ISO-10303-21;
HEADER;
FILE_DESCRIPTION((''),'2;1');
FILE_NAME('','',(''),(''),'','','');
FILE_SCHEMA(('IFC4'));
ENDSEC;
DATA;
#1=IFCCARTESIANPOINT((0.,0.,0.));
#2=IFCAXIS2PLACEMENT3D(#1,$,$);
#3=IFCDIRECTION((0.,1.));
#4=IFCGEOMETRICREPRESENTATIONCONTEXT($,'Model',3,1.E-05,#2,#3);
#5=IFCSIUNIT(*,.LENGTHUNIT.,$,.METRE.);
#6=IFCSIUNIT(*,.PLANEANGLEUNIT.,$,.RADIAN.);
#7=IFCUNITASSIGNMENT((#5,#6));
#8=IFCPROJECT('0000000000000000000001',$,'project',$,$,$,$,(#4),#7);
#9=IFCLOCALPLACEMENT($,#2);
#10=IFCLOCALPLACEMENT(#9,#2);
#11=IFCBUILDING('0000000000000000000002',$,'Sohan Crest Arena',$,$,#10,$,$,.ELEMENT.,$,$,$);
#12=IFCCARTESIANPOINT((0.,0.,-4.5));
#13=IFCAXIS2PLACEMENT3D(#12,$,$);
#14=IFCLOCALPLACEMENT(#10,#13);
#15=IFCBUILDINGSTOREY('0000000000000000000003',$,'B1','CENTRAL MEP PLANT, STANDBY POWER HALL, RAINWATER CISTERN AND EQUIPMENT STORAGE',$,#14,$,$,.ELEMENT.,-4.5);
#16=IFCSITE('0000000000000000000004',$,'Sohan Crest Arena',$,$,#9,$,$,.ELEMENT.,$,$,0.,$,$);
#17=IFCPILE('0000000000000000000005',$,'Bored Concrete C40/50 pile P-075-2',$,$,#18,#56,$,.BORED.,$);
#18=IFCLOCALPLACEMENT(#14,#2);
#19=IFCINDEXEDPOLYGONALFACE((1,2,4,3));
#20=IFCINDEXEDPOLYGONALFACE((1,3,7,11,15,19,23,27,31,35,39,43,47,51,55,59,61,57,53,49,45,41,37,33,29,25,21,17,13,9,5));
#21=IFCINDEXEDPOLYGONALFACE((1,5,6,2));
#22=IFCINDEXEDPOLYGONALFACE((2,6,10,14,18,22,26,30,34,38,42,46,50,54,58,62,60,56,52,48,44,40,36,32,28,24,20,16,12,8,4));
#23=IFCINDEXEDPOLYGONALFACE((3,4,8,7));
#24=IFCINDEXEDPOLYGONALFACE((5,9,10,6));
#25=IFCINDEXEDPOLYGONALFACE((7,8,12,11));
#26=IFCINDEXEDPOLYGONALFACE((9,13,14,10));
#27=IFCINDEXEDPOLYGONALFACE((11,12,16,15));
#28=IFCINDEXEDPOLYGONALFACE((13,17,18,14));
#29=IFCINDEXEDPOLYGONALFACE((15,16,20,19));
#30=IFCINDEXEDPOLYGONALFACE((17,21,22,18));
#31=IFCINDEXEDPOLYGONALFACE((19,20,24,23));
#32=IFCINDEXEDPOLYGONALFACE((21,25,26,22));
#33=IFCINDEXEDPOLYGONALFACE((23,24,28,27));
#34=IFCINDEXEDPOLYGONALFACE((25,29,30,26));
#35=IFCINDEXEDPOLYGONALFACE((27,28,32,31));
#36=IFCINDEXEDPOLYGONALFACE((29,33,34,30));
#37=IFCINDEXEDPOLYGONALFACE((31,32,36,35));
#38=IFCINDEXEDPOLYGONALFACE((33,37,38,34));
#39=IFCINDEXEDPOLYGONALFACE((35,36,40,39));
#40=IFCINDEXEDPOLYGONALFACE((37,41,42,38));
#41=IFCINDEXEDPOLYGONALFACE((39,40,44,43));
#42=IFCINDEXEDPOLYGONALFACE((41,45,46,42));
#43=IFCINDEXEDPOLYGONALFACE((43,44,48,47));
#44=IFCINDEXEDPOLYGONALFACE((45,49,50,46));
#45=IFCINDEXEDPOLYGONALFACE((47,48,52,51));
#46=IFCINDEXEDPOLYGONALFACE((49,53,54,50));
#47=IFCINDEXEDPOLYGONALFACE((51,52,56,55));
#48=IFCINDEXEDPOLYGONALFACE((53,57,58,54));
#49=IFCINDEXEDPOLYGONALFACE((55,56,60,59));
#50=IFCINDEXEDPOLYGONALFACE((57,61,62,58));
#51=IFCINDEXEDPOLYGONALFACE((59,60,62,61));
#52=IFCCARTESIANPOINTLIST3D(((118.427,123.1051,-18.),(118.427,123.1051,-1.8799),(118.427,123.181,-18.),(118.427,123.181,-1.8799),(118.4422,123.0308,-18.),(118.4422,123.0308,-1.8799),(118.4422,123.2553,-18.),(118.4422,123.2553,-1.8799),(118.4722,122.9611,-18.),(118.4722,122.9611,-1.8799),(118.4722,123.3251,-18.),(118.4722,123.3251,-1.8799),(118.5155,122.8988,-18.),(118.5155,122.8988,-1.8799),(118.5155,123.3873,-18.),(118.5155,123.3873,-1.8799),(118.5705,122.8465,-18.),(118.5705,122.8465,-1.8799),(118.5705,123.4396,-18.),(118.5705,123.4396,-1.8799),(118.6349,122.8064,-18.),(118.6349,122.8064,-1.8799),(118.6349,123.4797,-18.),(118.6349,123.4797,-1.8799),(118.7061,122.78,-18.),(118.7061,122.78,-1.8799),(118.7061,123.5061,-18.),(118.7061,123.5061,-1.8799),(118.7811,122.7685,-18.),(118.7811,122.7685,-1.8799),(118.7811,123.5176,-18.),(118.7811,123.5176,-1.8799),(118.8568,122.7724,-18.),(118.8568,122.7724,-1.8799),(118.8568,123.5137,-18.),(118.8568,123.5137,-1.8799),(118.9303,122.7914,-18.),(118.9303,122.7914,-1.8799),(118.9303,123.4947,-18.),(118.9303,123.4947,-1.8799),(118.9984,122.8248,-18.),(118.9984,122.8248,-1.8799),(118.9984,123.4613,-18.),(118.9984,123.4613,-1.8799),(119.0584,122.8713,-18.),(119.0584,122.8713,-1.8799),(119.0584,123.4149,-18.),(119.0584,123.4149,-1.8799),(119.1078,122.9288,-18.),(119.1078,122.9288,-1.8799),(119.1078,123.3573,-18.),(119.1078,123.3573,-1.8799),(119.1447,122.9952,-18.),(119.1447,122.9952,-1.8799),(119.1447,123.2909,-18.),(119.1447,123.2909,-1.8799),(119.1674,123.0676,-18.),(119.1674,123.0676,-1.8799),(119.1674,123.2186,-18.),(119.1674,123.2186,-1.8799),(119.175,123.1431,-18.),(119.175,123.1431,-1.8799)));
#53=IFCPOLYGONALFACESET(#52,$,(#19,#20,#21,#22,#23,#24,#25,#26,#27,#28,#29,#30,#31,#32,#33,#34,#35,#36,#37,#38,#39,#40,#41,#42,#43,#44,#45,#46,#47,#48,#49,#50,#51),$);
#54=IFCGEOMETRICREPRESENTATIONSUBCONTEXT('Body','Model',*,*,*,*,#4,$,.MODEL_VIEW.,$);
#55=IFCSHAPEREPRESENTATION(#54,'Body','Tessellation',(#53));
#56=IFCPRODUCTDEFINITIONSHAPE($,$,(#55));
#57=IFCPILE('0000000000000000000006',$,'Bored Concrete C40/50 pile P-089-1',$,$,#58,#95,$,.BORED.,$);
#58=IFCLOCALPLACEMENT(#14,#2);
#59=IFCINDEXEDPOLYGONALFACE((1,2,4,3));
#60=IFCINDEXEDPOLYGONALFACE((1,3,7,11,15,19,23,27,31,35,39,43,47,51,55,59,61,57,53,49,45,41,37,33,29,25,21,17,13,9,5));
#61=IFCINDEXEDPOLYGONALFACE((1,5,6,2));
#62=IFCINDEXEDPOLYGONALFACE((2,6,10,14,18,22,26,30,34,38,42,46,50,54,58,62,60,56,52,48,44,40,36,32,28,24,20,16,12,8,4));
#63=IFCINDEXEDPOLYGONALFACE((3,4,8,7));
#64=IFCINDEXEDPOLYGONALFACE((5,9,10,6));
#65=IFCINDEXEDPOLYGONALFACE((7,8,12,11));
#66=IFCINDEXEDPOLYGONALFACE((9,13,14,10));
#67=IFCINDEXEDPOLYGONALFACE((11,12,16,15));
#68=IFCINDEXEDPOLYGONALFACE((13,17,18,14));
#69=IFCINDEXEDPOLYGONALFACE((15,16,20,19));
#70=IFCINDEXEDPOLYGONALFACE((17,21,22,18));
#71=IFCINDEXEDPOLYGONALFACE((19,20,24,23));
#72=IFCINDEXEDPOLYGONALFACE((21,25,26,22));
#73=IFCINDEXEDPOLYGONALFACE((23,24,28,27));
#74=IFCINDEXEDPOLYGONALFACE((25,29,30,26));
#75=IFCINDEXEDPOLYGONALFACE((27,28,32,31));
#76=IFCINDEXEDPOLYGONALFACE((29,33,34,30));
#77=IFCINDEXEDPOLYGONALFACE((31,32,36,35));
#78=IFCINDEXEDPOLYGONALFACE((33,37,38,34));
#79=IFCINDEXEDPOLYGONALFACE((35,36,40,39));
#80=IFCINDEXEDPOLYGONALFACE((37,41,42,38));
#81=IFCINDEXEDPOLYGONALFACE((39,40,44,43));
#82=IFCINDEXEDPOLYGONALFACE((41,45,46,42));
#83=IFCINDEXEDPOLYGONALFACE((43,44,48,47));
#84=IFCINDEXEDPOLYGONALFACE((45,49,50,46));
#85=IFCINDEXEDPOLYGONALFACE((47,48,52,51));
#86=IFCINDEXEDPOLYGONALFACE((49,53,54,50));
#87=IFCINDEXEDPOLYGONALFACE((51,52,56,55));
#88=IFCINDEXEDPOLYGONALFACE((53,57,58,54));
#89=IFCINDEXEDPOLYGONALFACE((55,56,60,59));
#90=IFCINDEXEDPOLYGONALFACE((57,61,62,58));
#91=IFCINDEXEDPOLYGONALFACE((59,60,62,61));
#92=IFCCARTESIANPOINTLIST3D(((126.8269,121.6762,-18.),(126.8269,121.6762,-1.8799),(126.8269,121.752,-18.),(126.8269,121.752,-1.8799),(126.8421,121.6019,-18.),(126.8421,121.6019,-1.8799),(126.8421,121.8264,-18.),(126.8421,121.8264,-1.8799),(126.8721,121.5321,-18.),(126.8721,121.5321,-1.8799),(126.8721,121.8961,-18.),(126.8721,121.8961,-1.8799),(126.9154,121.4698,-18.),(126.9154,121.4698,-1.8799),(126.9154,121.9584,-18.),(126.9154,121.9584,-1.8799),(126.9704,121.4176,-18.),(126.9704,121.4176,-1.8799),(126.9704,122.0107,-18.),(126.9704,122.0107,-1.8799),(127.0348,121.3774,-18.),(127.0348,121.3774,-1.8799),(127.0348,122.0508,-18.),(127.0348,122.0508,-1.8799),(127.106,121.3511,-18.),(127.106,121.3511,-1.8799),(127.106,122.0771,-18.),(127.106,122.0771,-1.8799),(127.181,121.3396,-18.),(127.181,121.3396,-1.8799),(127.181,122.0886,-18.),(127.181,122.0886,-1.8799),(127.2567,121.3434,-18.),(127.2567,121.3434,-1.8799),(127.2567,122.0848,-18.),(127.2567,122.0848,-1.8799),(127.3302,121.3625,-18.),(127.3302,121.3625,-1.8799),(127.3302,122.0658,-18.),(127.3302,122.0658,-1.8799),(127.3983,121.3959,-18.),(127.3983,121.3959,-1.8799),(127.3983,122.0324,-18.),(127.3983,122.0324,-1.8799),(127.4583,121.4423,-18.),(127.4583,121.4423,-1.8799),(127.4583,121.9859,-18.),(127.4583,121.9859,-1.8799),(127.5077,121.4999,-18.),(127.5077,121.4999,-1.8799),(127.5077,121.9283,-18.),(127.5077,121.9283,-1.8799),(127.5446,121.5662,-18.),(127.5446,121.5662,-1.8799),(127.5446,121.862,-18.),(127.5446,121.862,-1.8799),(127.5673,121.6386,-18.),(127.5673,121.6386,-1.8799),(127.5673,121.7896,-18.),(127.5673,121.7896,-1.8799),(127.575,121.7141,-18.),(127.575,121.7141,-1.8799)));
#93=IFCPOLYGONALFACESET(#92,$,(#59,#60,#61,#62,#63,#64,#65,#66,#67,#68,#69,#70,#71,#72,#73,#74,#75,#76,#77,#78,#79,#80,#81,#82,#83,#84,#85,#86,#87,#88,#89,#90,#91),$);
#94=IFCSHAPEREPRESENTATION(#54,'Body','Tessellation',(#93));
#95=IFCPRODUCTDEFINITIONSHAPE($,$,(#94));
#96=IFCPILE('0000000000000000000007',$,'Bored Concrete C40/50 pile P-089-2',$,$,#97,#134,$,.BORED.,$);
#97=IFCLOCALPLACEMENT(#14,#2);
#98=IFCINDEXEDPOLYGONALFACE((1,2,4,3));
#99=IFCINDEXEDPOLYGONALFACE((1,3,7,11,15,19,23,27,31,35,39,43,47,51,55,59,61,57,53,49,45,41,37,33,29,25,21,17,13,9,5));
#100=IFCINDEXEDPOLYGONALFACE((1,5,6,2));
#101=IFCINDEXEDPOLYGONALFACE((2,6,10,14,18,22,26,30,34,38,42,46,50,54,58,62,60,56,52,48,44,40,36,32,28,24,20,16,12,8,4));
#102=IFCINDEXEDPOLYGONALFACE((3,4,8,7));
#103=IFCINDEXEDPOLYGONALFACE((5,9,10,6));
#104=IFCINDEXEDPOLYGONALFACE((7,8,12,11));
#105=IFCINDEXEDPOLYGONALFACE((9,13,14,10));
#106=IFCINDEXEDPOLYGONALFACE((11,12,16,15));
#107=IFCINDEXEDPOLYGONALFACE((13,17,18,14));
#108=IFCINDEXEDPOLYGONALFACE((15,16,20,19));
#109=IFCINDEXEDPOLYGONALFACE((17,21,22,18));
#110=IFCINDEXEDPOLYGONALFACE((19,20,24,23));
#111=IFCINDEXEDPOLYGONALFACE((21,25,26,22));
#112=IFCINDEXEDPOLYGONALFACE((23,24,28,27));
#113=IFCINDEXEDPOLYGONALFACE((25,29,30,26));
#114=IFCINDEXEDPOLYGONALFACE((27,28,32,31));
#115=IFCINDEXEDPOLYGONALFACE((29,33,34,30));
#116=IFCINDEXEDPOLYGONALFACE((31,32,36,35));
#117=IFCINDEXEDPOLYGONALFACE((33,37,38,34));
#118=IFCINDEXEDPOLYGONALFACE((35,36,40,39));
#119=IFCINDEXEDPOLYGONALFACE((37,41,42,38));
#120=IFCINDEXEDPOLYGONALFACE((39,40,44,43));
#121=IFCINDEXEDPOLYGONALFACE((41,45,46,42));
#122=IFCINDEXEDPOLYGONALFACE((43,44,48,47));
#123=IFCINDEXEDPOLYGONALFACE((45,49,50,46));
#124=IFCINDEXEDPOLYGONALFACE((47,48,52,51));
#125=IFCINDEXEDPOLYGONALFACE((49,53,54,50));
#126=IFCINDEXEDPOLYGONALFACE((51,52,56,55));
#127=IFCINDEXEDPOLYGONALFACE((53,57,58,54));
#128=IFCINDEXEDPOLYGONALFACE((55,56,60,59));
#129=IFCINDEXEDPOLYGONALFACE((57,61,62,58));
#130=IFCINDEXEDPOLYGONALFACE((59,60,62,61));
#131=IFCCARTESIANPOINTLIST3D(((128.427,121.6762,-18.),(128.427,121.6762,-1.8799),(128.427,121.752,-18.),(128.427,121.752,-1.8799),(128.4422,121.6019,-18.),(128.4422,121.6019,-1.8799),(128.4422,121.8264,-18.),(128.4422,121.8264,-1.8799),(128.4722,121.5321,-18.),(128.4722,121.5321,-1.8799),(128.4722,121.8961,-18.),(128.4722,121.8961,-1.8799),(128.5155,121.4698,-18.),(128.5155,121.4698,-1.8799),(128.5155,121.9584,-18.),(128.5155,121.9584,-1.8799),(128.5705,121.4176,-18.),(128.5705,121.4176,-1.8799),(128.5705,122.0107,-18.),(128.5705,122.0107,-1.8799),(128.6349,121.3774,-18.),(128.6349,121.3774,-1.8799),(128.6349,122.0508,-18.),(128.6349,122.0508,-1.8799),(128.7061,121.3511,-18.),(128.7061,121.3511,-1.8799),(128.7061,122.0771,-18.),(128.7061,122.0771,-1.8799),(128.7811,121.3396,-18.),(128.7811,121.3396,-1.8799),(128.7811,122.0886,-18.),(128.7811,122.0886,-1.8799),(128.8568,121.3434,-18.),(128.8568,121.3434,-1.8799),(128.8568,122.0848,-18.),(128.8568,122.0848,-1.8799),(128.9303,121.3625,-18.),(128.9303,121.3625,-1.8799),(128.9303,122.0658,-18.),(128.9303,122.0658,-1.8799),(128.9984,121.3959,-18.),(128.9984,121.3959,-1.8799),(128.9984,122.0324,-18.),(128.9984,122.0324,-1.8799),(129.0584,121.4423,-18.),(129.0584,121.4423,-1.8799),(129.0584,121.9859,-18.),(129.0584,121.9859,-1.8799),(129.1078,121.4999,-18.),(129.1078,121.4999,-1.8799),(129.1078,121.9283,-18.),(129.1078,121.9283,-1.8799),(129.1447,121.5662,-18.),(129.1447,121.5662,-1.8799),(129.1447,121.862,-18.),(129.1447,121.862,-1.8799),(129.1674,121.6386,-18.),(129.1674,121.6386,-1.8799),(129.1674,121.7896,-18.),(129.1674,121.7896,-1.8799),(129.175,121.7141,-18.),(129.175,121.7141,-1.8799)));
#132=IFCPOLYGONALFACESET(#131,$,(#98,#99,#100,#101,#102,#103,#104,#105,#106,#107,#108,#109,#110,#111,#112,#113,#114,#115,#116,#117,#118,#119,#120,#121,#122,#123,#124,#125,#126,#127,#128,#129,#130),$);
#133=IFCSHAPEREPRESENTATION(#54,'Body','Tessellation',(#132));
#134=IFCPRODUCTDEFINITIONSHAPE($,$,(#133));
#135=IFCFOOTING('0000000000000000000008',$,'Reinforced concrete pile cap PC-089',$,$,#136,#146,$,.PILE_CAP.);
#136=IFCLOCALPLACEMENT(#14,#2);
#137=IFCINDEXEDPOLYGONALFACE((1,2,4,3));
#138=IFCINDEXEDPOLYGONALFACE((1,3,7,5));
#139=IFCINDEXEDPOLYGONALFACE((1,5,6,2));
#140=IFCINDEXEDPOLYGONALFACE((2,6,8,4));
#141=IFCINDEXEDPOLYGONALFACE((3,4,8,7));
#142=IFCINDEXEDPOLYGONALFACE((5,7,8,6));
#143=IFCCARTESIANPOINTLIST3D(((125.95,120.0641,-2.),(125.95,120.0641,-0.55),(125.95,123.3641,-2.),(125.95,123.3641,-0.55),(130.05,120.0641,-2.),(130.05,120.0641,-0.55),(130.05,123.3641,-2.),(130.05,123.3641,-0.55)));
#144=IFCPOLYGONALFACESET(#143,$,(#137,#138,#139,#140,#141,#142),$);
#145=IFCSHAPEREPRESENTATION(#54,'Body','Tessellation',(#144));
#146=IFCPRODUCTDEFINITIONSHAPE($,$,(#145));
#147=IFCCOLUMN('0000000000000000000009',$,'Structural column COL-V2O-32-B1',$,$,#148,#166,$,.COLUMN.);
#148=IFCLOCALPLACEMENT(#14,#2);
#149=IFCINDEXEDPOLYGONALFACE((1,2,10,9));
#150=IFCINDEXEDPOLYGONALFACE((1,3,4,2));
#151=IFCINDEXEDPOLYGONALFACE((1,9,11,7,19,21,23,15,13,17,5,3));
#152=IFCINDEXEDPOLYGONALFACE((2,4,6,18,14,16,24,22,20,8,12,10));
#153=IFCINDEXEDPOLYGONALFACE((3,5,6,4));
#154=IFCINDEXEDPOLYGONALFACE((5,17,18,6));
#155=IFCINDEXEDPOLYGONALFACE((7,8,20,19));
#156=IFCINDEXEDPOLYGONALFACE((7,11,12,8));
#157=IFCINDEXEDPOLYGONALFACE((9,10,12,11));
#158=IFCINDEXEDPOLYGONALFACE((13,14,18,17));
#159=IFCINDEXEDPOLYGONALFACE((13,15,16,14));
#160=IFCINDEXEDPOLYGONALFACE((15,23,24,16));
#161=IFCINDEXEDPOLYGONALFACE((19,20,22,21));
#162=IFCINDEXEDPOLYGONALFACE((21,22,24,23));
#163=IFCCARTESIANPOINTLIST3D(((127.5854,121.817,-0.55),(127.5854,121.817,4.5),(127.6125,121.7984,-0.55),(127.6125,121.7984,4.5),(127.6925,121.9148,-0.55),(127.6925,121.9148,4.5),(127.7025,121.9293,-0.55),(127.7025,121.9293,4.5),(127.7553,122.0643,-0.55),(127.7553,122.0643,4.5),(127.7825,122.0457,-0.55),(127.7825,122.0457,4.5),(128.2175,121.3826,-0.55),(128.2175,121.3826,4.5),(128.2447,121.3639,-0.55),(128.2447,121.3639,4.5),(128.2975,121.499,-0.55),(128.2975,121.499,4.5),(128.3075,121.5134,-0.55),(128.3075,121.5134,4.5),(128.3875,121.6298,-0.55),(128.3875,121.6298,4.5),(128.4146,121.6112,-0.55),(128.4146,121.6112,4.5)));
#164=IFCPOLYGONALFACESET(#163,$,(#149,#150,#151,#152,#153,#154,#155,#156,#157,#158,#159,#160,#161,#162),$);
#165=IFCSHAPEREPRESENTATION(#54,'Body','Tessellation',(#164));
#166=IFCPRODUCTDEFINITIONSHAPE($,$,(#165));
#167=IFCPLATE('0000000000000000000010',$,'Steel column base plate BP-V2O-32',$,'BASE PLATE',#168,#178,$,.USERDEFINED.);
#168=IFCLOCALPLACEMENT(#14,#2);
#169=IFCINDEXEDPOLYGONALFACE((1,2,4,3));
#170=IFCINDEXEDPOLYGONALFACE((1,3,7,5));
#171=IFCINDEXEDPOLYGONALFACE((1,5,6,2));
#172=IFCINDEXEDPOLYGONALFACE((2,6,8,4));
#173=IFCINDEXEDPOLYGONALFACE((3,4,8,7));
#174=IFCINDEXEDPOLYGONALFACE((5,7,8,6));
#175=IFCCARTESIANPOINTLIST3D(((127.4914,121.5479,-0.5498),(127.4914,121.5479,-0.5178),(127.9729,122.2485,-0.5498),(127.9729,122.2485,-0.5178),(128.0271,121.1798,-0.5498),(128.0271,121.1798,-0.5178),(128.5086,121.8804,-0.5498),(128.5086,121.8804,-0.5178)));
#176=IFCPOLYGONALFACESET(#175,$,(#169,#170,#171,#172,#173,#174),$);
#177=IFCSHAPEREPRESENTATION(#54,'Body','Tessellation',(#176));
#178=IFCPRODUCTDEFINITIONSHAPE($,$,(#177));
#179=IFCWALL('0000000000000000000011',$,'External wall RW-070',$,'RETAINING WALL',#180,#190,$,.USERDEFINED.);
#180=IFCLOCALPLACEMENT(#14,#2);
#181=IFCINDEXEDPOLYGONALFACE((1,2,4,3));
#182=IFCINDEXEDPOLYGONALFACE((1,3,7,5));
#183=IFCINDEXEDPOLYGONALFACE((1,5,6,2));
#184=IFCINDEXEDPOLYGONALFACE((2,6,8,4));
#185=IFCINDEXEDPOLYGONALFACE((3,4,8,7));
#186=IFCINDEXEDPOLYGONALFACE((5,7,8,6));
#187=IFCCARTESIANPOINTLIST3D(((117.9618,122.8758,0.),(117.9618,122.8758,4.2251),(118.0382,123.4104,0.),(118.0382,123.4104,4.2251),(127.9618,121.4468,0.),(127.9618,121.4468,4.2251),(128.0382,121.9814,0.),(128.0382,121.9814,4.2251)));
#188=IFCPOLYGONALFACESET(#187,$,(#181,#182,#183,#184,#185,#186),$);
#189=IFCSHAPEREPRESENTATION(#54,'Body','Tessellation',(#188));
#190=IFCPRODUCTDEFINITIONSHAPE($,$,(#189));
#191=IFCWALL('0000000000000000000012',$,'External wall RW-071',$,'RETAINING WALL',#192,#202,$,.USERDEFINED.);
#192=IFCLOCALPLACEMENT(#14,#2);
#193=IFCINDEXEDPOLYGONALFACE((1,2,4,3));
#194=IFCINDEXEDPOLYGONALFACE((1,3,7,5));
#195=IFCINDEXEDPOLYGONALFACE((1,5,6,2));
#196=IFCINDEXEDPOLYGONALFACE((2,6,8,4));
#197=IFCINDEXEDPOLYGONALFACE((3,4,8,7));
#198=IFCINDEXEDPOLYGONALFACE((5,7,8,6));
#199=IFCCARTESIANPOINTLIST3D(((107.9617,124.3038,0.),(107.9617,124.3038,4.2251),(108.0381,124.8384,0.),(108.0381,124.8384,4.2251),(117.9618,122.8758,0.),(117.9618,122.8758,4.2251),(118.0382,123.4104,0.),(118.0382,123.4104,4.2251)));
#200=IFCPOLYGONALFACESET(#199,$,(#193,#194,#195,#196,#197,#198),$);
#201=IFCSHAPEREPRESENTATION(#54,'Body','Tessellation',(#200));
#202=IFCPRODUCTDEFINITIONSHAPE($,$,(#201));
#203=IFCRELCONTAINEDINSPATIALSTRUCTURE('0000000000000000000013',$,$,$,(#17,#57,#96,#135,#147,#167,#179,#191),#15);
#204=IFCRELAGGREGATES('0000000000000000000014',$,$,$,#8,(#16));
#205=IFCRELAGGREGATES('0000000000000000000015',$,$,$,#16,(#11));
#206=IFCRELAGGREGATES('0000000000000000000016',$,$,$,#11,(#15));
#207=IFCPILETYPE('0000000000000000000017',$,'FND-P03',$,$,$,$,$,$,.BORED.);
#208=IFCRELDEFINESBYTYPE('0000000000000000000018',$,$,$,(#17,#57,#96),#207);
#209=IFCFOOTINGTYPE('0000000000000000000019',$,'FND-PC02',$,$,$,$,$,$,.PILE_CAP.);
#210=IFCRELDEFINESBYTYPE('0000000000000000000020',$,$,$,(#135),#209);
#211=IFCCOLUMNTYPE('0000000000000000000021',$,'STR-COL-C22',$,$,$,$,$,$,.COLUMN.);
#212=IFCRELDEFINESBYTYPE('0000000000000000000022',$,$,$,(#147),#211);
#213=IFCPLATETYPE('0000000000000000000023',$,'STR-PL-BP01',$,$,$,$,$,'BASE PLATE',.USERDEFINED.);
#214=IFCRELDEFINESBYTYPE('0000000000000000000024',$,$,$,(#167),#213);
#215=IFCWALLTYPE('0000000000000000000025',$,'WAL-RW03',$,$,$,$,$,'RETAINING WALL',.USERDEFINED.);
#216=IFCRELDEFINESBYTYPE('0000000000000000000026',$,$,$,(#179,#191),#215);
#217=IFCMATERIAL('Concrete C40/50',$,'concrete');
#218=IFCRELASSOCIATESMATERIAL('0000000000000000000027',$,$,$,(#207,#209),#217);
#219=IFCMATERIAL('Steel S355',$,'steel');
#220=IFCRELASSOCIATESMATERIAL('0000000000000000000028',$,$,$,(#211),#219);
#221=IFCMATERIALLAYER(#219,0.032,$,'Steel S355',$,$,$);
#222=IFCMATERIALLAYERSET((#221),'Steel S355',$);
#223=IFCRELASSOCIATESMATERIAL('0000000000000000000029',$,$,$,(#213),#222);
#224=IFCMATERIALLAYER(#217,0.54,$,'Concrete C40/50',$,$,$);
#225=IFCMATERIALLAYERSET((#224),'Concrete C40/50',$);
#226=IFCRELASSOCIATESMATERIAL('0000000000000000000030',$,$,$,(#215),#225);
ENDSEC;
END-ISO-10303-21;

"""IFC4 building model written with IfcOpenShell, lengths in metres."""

from ifc_helpers import new_model, si_unit, direction, frame, frame_2d, origin, origin_2d, place, context, subcontext, project, spatial, rectangle, circle, i_section, extrude, material, layer, layer_set, material_profile, profile_set, type_object, element, save


model = new_model("IFC4")

# Units and contexts
model_context = context("Model", 3, precision=1e-05, world=origin(), true_north=direction((0.0, 1.0)))
body_context = subcontext(model_context, "Body", "Model", "MODEL_VIEW")
ifc_project = project(units=[si_unit("LENGTHUNIT", "METRE"), si_unit("PLANEANGLEUNIT", "RADIAN")], contexts=[model_context])

# Site, building, storey
site_placement = place(None, origin())
site = spatial("IfcSite", under=ifc_project, at=site_placement, Name="Sohan Crest Arena", CompositionType="ELEMENT", RefElevation=0.0)
building_placement = place(site_placement, origin())
building = spatial("IfcBuilding", under=site, at=building_placement, Name="Sohan Crest Arena", CompositionType="ELEMENT")
storey_placement = place(building_placement, frame((0.0, 0.0, -4.5)))
storey = spatial("IfcBuildingStorey", under=building, at=storey_placement, Name="B1", Description="CENTRAL MEP PLANT, STANDBY POWER HALL, RAINWATER CISTERN AND EQUIPMENT STORAGE", CompositionType="ELEMENT", Elevation=-4.5)

# Shared definitions
ifc_material_1 = material(Name="Concrete C40/50", Category="concrete")

# Piles
ifc_material_profile_1 = material_profile(ifc_material_1, circle(Radius=0.375, at=origin_2d()), Name="PILE D750")
ifc_profile_set_1 = profile_set([ifc_material_profile_1], Name="Concrete C40/50")
pile_type_1 = type_object("IfcPileType", Name="FND-P03", PredefinedType="BORED", material=ifc_profile_set_1)
for number, where, z_axis, x_axis, name in (
    (1, (118.8, 123.1431, -18.0), (0.0, 0.0, 1.0), (1.0, 0.0, 0.0), "Bored Concrete C40/50 pile P-075-2"),
    (2, (127.2, 121.7141, -18.0), (0.0, 0.0, 1.0), (1.0, 0.0, 0.0), "Bored Concrete C40/50 pile P-089-1"),
    (3, (128.8, 121.7141, -18.0), (0.0, 0.0, 1.0), (1.0, 0.0, 0.0), "Bored Concrete C40/50 pile P-089-2"),
):
    element("IfcPile", number, at=place(storey_placement, frame(where, z_axis=z_axis, x_axis=x_axis)), inside=storey, type_object=pile_type_1, Name=name, PredefinedType="BORED", context=body_context, shape_type="SweptSolid", body=[
        extrude(circle(Radius=0.375, at=origin_2d()), origin(), (0.0, 0.0, 1.0), 16.1201),
    ])

# Footing
footing_type_1 = type_object("IfcFootingType", Name="FND-PC02", PredefinedType="PILE_CAP", material=ifc_material_1)
footing_1_placement = place(storey_placement, frame((128.0, 121.7141, -2.0), z_axis=(0.0, 0.0, 1.0), x_axis=(1.0, 0.0, 0.0)))
element("IfcFooting", 4, at=footing_1_placement, inside=storey, type_object=footing_type_1, Name="Reinforced concrete pile cap PC-089", PredefinedType="PILE_CAP", context=body_context, shape_type="SweptSolid", body=[
    extrude(rectangle(XDim=4.1001, YDim=3.3, at=origin_2d()), origin(), (0.0, 0.0, 1.0), 1.45),
])

# Column
ifc_material_2 = material(Name="Steel S355", Category="steel")
ifc_material_profile_2 = material_profile(ifc_material_2, i_section(OverallWidth=0.3, OverallDepth=0.8, WebThickness=0.0176, FlangeThickness=0.033, at=origin_2d()), Name="HEB 800")
ifc_profile_set_2 = profile_set([ifc_material_profile_2], Name="Steel S355")
column_type = type_object("IfcColumnType", Name="STR-COL-C22", PredefinedType="COLUMN", material=ifc_profile_set_2)
column_placement = place(storey_placement, frame((128.0, 121.7141, -0.55), z_axis=(0.0, 0.0, 1.0), x_axis=(0.566406, 0.824126, 0.0)))
element("IfcColumn", 5, at=column_placement, inside=storey, type_object=column_type, Name="Structural column COL-V2O-32-B1", PredefinedType="COLUMN", context=body_context, shape_type="SweptSolid", body=[
    extrude(i_section(OverallWidth=0.3, OverallDepth=0.8, WebThickness=0.0176, FlangeThickness=0.033, at=origin_2d()), origin(), (0.0, 0.0, 1.0), 5.05),
])

# Plate
ifc_layer_1 = layer(ifc_material_2, 0.032, Name="Steel S355")
ifc_layer_set_1 = layer_set([ifc_layer_1], Name="Steel S355")
plate_type = type_object("IfcPlateType", Name="STR-PL-BP01", ElementType="BASE PLATE", PredefinedType="USERDEFINED", material=ifc_layer_set_1)
plate_placement = place(storey_placement, frame((128.0, 121.7141, -0.5498), z_axis=(0.0, 0.0, 1.0), x_axis=(0.566406, 0.824126, 0.0)))
element("IfcPlate", 6, at=plate_placement, inside=storey, type_object=plate_type, Name="Steel column base plate BP-V2O-32", ObjectType="BASE PLATE", PredefinedType="USERDEFINED", context=body_context, shape_type="SweptSolid", body=[
    extrude(rectangle(XDim=0.8501, YDim=0.6499, at=origin_2d()), origin(), (0.0, 0.0, 1.0), 0.032),
])

# Walls
ifc_layer_2 = layer(ifc_material_1, 0.54, Name="Concrete C40/50")
ifc_layer_set_2 = layer_set([ifc_layer_2], Name="Concrete C40/50")
wall_type_1 = type_object("IfcWallType", Name="WAL-RW03", ElementType="RETAINING WALL", PredefinedType="USERDEFINED", material=ifc_layer_set_2)
for number, where, z_axis, x_axis, name in (
    (7, (128.0, 121.7141, 0.0), (0.0, 0.0, 1.0), (-0.989944, 0.141459, 0.0), "External wall RW-070"),
    (8, (118.0, 123.1431, 0.0), (0.0, 0.0, 1.0), (-0.989958, 0.141364, 0.0), "External wall RW-071"),
):
    element("IfcWall", number, at=place(storey_placement, frame(where, z_axis=z_axis, x_axis=x_axis)), inside=storey, type_object=wall_type_1, Name=name, ObjectType="RETAINING WALL", PredefinedType="USERDEFINED", context=body_context, shape_type="SweptSolid", body=[
        extrude(rectangle(XDim=10.1016, YDim=0.54, at=frame_2d((5.0508, 0.0))), origin(), (0.0, 0.0, 1.0), 4.2251),
    ])

save(model, "model.ifc")
